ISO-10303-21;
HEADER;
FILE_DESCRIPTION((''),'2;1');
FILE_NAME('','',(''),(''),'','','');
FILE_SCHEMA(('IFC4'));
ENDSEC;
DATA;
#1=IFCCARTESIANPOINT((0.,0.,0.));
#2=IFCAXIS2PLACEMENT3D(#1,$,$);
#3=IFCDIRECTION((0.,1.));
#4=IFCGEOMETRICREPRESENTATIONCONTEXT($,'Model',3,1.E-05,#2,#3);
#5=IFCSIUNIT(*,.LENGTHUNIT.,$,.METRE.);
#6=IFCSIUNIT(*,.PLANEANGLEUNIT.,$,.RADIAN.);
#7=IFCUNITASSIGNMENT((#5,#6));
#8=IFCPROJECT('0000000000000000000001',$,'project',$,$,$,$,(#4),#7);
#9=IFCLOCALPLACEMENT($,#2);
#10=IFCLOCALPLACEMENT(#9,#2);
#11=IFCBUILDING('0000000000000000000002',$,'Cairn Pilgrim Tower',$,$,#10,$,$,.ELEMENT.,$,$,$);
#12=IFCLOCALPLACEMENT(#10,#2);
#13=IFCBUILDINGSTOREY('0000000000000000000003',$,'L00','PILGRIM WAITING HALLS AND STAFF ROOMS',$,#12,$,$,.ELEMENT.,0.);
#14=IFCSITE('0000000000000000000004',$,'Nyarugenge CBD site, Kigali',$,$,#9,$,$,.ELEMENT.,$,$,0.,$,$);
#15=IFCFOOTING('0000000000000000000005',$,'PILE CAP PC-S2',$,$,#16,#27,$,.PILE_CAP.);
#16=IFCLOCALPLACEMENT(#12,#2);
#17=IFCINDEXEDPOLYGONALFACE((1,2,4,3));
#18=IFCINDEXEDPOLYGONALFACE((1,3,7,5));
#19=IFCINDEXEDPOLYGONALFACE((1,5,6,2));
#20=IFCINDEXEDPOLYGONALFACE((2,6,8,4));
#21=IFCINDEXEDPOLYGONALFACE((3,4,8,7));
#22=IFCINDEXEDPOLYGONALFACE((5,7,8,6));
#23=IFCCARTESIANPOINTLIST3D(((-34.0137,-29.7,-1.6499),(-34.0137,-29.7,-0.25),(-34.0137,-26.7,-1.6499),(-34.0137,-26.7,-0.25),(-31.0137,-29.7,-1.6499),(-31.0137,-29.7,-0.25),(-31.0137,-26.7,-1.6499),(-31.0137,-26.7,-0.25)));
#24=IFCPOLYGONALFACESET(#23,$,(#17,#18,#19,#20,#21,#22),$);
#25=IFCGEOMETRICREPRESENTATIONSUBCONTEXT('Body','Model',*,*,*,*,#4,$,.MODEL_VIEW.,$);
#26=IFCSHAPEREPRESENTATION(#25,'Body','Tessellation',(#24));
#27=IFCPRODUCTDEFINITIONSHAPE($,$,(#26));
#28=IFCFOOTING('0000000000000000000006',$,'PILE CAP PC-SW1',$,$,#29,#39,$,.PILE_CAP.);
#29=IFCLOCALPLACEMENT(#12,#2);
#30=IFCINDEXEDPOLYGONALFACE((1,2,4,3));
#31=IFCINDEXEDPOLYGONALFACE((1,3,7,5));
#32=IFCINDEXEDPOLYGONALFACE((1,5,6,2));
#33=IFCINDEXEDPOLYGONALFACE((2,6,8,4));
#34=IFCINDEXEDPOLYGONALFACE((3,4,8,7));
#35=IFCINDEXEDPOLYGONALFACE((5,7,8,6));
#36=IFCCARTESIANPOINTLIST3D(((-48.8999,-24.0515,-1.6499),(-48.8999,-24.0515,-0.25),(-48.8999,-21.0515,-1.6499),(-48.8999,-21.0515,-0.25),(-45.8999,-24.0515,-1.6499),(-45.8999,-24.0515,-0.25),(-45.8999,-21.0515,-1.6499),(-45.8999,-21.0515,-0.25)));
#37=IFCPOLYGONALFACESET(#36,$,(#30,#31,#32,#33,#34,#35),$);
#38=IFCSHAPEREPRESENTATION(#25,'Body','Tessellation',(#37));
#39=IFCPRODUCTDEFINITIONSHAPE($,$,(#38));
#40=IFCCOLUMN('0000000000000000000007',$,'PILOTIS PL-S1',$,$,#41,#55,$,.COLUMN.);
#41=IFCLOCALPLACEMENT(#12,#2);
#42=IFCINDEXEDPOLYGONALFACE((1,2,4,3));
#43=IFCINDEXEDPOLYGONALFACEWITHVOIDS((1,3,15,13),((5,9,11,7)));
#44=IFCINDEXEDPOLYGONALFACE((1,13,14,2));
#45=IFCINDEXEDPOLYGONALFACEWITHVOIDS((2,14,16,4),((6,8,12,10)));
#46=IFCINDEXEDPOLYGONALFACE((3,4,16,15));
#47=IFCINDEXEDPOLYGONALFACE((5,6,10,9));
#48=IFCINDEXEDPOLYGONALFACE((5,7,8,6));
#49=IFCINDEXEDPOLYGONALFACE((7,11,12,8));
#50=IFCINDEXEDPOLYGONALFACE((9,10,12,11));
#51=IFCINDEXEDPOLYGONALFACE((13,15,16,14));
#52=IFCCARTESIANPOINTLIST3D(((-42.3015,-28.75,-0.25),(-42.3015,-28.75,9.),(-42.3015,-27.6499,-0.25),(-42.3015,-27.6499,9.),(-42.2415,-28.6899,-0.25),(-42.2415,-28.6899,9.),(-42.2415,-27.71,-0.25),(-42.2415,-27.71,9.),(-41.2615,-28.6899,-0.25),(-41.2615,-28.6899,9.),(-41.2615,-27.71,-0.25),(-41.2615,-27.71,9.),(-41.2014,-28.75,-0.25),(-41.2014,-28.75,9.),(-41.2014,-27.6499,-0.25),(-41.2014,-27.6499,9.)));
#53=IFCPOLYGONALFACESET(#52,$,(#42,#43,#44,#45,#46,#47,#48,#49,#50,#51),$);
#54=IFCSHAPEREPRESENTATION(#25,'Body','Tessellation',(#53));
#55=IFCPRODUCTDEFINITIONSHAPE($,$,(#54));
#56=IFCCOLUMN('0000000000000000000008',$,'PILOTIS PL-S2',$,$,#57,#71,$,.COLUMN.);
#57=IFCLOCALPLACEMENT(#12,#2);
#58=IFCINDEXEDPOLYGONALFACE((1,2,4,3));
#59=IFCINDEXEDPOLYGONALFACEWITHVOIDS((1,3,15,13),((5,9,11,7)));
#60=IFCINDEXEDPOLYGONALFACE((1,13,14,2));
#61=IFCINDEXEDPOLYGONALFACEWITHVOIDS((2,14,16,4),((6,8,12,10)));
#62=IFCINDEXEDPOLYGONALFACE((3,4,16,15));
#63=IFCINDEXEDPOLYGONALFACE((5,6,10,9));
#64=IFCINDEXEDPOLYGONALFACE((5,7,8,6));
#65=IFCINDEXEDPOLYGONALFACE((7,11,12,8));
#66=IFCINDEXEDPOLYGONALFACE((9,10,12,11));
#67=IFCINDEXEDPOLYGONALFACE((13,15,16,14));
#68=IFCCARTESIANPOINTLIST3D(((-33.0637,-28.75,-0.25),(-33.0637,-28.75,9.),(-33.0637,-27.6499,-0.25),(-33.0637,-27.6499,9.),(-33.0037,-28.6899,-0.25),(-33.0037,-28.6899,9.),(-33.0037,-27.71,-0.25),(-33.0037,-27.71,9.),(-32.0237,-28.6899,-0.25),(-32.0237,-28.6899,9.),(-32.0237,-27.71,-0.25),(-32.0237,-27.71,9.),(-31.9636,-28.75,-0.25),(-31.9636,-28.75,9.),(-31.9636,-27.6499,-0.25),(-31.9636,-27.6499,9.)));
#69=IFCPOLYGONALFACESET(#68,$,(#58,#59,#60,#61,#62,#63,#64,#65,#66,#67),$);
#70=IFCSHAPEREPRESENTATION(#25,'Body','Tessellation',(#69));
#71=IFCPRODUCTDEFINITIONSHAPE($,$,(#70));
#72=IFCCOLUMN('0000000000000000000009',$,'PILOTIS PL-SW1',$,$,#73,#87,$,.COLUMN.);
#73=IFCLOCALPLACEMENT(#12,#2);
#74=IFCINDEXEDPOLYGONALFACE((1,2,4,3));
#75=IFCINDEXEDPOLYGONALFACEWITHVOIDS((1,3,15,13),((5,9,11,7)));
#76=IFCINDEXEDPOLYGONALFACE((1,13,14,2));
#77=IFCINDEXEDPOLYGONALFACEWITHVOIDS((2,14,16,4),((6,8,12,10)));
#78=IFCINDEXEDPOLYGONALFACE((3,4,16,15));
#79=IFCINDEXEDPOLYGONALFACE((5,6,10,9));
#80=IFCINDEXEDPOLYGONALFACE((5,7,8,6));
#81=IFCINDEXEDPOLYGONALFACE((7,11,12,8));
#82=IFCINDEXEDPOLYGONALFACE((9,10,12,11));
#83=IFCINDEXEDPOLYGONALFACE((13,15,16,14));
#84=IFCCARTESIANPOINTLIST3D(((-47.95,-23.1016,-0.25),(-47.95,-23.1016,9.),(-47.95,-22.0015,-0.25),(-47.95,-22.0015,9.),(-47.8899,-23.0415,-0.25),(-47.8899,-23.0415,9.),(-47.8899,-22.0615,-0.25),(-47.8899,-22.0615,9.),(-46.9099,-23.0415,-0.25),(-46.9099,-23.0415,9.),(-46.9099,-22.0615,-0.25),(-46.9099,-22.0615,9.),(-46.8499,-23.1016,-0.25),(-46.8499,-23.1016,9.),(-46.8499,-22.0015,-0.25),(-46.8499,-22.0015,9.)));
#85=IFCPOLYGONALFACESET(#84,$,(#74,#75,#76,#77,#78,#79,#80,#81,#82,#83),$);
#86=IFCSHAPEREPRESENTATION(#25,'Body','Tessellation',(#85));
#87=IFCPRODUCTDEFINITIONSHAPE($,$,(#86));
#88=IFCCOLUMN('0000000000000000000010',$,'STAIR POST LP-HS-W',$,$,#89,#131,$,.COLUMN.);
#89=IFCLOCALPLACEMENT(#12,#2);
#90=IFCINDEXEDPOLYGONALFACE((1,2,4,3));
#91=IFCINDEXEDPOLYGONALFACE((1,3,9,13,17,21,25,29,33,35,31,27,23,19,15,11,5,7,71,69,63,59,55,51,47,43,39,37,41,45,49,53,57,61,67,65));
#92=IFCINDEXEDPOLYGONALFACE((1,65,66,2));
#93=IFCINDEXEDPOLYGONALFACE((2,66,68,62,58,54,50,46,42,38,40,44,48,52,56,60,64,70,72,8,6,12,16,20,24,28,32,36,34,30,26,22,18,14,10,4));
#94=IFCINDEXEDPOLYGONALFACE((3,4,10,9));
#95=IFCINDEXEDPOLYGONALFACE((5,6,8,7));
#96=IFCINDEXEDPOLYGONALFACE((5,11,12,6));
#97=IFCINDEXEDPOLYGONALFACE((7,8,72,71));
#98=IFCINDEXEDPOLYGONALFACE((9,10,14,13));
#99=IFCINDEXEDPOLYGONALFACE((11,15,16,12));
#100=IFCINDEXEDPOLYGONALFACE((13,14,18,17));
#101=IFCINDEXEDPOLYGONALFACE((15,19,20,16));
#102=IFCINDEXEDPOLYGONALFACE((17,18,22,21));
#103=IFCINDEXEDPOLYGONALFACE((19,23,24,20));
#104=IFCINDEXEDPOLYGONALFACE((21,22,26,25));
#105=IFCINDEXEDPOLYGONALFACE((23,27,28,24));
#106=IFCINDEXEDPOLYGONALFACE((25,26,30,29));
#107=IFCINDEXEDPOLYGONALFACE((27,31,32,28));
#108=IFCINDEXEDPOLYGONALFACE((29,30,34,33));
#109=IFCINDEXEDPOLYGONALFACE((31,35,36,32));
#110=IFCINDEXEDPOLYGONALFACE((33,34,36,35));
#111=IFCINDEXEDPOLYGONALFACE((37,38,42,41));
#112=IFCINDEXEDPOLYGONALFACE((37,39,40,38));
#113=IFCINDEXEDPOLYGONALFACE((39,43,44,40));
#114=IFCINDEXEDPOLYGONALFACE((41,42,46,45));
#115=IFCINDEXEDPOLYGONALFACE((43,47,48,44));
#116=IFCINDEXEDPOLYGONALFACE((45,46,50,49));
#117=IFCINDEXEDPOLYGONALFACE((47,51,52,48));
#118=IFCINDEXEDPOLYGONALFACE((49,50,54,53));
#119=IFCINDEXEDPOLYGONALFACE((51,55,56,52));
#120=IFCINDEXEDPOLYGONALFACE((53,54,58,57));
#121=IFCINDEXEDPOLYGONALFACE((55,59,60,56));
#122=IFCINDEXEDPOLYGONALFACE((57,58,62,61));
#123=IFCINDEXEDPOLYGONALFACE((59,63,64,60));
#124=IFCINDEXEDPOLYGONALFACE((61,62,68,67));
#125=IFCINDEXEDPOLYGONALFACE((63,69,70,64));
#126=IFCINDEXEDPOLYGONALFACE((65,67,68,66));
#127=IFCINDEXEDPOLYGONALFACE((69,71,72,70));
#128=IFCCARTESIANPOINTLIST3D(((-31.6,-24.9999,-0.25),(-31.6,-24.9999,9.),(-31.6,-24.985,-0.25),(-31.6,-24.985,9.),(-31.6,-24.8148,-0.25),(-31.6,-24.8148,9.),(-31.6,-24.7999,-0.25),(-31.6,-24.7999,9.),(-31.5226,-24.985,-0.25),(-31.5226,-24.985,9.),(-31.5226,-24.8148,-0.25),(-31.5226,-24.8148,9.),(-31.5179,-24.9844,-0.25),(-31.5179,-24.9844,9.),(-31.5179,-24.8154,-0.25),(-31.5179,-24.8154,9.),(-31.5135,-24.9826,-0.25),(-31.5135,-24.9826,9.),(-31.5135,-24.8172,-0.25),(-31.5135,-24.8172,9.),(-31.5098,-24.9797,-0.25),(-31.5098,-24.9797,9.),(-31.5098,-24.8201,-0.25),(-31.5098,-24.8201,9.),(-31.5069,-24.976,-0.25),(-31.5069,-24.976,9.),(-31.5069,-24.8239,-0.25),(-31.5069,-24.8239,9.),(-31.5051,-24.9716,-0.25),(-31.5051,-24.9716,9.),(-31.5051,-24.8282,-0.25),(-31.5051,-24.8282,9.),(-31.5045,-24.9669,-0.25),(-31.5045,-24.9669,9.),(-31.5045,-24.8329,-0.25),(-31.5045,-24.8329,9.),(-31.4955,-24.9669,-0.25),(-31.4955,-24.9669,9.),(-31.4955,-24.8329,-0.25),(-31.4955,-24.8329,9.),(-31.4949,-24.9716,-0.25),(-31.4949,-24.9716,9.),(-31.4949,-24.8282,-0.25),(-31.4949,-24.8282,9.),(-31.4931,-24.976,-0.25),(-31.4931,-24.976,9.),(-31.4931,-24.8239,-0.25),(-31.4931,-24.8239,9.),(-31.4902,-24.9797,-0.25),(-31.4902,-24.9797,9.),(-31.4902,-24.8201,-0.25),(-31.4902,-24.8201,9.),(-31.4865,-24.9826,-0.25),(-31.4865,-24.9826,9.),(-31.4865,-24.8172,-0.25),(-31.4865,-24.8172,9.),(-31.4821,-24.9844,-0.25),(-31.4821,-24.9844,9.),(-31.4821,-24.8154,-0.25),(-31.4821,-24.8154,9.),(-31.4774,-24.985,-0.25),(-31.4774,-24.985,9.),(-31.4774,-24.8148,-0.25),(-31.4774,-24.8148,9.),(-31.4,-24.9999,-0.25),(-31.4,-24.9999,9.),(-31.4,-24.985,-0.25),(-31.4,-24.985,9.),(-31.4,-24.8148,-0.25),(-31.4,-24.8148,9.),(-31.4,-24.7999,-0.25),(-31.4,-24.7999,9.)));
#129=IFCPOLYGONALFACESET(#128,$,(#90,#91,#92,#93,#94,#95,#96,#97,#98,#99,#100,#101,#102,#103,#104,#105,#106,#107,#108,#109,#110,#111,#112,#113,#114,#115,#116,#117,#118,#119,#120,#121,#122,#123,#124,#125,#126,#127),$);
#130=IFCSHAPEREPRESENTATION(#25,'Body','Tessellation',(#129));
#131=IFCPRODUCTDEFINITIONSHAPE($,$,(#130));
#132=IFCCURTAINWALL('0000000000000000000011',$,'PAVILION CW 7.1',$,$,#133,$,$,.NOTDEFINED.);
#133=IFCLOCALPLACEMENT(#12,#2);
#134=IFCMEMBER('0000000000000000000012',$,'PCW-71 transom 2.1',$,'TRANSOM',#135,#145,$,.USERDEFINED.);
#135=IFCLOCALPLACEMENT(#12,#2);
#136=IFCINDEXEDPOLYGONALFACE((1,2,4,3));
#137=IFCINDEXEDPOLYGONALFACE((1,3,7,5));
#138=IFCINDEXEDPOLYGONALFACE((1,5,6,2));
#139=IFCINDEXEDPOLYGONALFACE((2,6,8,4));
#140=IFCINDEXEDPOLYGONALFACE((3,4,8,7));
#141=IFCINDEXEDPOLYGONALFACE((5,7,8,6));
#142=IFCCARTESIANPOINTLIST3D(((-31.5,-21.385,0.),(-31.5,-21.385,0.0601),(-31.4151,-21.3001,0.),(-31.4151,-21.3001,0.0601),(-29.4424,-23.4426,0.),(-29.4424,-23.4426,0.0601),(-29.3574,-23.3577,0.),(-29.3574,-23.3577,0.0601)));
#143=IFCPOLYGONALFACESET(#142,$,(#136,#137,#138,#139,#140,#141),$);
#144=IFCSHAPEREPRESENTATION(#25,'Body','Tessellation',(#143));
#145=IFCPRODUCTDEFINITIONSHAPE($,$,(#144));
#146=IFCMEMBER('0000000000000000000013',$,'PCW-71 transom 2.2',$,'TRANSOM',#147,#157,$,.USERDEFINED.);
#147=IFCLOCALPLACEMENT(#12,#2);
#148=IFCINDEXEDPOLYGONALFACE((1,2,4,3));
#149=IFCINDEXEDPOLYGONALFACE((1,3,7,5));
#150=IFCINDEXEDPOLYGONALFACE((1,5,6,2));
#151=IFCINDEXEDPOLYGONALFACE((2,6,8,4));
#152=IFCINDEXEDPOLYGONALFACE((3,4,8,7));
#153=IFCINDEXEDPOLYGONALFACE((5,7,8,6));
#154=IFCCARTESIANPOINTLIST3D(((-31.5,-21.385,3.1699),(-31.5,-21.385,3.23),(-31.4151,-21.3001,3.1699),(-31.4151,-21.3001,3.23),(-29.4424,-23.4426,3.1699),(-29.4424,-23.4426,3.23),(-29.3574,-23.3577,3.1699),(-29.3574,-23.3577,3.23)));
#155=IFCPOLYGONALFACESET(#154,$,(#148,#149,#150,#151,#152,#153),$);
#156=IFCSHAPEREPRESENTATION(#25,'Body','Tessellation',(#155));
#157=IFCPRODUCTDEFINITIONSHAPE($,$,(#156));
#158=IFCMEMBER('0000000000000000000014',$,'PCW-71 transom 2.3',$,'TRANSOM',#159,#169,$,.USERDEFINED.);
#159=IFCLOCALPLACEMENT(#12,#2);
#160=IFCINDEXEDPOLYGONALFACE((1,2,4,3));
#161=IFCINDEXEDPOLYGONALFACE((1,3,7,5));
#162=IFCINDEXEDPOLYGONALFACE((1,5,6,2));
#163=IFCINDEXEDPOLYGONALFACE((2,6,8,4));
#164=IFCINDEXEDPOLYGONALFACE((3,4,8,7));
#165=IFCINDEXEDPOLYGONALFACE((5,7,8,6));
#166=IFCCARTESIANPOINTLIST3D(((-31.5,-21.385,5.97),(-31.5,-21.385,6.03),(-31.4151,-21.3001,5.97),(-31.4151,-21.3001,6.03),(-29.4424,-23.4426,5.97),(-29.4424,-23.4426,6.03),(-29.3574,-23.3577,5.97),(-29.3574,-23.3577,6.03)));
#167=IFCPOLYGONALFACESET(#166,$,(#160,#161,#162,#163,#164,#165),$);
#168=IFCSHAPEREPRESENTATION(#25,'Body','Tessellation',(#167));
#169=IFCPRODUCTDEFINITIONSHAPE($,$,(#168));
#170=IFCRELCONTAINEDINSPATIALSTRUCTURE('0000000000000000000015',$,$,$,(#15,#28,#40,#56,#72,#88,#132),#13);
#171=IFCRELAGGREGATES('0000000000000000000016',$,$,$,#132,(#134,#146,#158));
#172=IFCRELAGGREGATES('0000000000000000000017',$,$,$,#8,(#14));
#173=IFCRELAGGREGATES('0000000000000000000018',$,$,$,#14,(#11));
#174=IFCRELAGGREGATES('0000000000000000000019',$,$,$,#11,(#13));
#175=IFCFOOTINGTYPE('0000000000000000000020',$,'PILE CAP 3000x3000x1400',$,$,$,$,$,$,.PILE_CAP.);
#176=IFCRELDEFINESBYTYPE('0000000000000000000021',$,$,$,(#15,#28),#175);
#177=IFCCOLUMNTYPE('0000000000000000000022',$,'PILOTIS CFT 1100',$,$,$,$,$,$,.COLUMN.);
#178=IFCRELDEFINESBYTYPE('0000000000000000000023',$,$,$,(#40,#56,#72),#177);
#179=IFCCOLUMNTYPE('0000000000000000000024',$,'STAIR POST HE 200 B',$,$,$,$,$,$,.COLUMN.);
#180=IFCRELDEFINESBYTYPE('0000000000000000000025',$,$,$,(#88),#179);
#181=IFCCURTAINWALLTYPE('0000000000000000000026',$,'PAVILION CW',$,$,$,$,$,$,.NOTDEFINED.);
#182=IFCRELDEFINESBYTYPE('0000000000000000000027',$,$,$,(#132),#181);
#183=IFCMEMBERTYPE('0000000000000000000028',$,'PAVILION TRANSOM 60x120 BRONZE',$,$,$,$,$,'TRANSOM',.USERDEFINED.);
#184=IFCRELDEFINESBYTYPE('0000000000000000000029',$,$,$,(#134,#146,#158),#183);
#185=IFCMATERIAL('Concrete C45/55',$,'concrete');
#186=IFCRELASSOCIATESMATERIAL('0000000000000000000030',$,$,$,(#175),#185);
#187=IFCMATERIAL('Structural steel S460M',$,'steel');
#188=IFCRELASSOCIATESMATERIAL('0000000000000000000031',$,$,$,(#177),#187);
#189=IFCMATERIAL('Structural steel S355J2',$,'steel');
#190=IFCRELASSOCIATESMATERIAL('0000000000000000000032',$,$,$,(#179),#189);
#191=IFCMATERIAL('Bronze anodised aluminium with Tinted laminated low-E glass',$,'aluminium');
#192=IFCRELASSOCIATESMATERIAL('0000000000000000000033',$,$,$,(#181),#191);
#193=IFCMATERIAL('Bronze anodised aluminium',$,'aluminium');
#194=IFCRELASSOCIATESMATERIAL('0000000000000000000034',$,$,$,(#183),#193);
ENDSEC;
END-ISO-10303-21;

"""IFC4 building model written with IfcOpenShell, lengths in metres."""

from ifc_helpers import new_model, si_unit, direction, frame, origin, origin_2d, place, context, subcontext, project, spatial, rectangle, hollow_rectangle, i_section, extrude, material, material_profile, profile_set, type_object, element, aggregate, save


model = new_model("IFC4")

# Units and contexts
model_context = context("Model", 3, precision=1e-05, world=origin(), true_north=direction((0.0, 1.0)))
body_context = subcontext(model_context, "Body", "Model", "MODEL_VIEW")
ifc_project = project(units=[si_unit("LENGTHUNIT", "METRE"), si_unit("PLANEANGLEUNIT", "RADIAN")], contexts=[model_context])

# Site, building, storey
site_placement = place(None, origin())
site = spatial("IfcSite", under=ifc_project, at=site_placement, Name="Nyarugenge CBD site, Kigali", CompositionType="ELEMENT", RefElevation=0.0)
building_placement = place(site_placement, origin())
building = spatial("IfcBuilding", under=site, at=building_placement, Name="Cairn Pilgrim Tower", CompositionType="ELEMENT")
storey_placement = place(building_placement, origin())
storey = spatial("IfcBuildingStorey", under=building, at=storey_placement, Name="L00", Description="PILGRIM WAITING HALLS AND STAFF ROOMS", CompositionType="ELEMENT", Elevation=0.0)

# Footings
ifc_material_1 = material(Name="Concrete C45/55", Category="concrete")
footing_type_1 = type_object("IfcFootingType", Name="PILE CAP 3000x3000x1400", PredefinedType="PILE_CAP", material=ifc_material_1)
for number, where, z_axis, x_axis, name in (
    (1, (-32.5137, -28.2, -1.6499), (0.0, 0.0, 1.0), (1.0, 0.0, 0.0), "PILE CAP PC-S2"),
    (2, (-47.3999, -22.5515, -1.6499), (0.0, 0.0, 1.0), (1.0, 0.0, 0.0), "PILE CAP PC-SW1"),
):
    element("IfcFooting", number, at=place(storey_placement, frame(where, z_axis=z_axis, x_axis=x_axis)), inside=storey, type_object=footing_type_1, Name=name, PredefinedType="PILE_CAP", context=body_context, shape_type="SweptSolid", body=[
        extrude(rectangle(XDim=3.0, YDim=3.0, at=origin_2d()), origin(), (0.0, 0.0, 1.0), 1.3999),
    ])

# Columns
ifc_material_2 = material(Name="Structural steel S460M", Category="steel")
ifc_material_profile_1 = material_profile(ifc_material_2, hollow_rectangle(XDim=1.1001, YDim=1.1001, WallThickness=0.0601, at=origin_2d()), Name="BOX 1100x1100x60")
ifc_profile_set_1 = profile_set([ifc_material_profile_1], Name="Structural steel S460M")
column_type_1 = type_object("IfcColumnType", Name="PILOTIS CFT 1100", PredefinedType="COLUMN", material=ifc_profile_set_1)
for number, where, z_axis, x_axis, name in (
    (3, (-41.7515, -28.2, -0.25), (0.0, 0.0, 1.0), (1.0, 0.0, 0.0), "PILOTIS PL-S1"),
    (4, (-32.5137, -28.2, -0.25), (0.0, 0.0, 1.0), (1.0, 0.0, 0.0), "PILOTIS PL-S2"),
    (5, (-47.3999, -22.5515, -0.25), (0.0, 0.0, 1.0), (1.0, 0.0, 0.0), "PILOTIS PL-SW1"),
):
    element("IfcColumn", number, at=place(storey_placement, frame(where, z_axis=z_axis, x_axis=x_axis)), inside=storey, type_object=column_type_1, Name=name, PredefinedType="COLUMN", context=body_context, shape_type="SweptSolid", body=[
        extrude(hollow_rectangle(XDim=1.1001, YDim=1.1001, WallThickness=0.0601, at=origin_2d()), origin(), (0.0, 0.0, 1.0), 9.25),
    ])
ifc_material_3 = material(Name="Structural steel S355J2", Category="steel")
ifc_material_profile_2 = material_profile(ifc_material_3, i_section(OverallWidth=0.2, OverallDepth=0.2, WebThickness=0.009, FlangeThickness=0.0149, FilletRadius=0.0181, at=origin_2d()), Name="HE 200 B")
ifc_profile_set_2 = profile_set([ifc_material_profile_2], Name="Structural steel S355J2")
column_type_2 = type_object("IfcColumnType", Name="STAIR POST HE 200 B", PredefinedType="COLUMN", material=ifc_profile_set_2)
column_placement = place(storey_placement, frame((-31.5, -24.8999, -0.25), z_axis=(0.0, 0.0, 1.0), x_axis=(1.0, 0.0, 0.0)))
element("IfcColumn", 6, at=column_placement, inside=storey, type_object=column_type_2, Name="STAIR POST LP-HS-W", PredefinedType="COLUMN", context=body_context, shape_type="SweptSolid", body=[
    extrude(i_section(OverallWidth=0.2, OverallDepth=0.2, WebThickness=0.009, FlangeThickness=0.0149, FilletRadius=0.0181, at=origin_2d()), origin(), (0.0, 0.0, 1.0), 9.25),
])

# Curtain wall, members
ifc_material_4 = material(Name="Bronze anodised aluminium with Tinted laminated low-E glass", Category="aluminium")
curtain_wall_type = type_object("IfcCurtainWallType", Name="PAVILION CW", PredefinedType="NOTDEFINED", material=ifc_material_4)
curtain_wall_placement = place(storey_placement, origin())
curtain_wall = element("IfcCurtainWall", 7, at=curtain_wall_placement, inside=storey, type_object=curtain_wall_type, Name="PAVILION CW 7.1", PredefinedType="NOTDEFINED")
ifc_material_5 = material(Name="Bronze anodised aluminium", Category="aluminium")
ifc_material_profile_3 = material_profile(ifc_material_5, rectangle(XDim=0.1201, YDim=0.0601, at=origin_2d()), Name="PAVILION TRANSOM 60x120 BRONZE")
ifc_profile_set_3 = profile_set([ifc_material_profile_3], Name="Bronze anodised aluminium")
member_type = type_object("IfcMemberType", Name="PAVILION TRANSOM 60x120 BRONZE", ElementType="TRANSOM", PredefinedType="USERDEFINED", material=ifc_profile_set_3)
member_1_placement = place(storey_placement, frame((-31.4575, -21.3425, 0.03), z_axis=(0.707107, -0.707107, 0.0), x_axis=(0.707107, 0.707107, 0.0)))
member_1 = element("IfcMember", 8, at=member_1_placement, type_object=member_type, Name="PCW-71 transom 2.1", ObjectType="TRANSOM", PredefinedType="USERDEFINED", context=body_context, shape_type="SweptSolid", body=[
    extrude(rectangle(XDim=0.1201, YDim=0.0601, at=origin_2d()), origin(), (0.0, 0.0, 1.0), 2.9099),
])
member_2_placement = place(storey_placement, frame((-31.4575, -21.3425, 3.2), z_axis=(0.707107, -0.707107, 0.0), x_axis=(0.707107, 0.707107, 0.0)))
member_2 = element("IfcMember", 9, at=member_2_placement, type_object=member_type, Name="PCW-71 transom 2.2", ObjectType="TRANSOM", PredefinedType="USERDEFINED", context=body_context, shape_type="SweptSolid", body=[
    extrude(rectangle(XDim=0.1201, YDim=0.0601, at=origin_2d()), origin(), (0.0, 0.0, 1.0), 2.9099),
])
member_3_placement = place(storey_placement, frame((-31.4575, -21.3425, 6.0), z_axis=(0.707107, -0.707107, 0.0), x_axis=(0.707107, 0.707107, 0.0)))
member_3 = element("IfcMember", 10, at=member_3_placement, type_object=member_type, Name="PCW-71 transom 2.3", ObjectType="TRANSOM", PredefinedType="USERDEFINED", context=body_context, shape_type="SweptSolid", body=[
    extrude(rectangle(XDim=0.1201, YDim=0.0601, at=origin_2d()), origin(), (0.0, 0.0, 1.0), 2.9099),
])

aggregate(curtain_wall, [member_1, member_2, member_3])

save(model, "model.ifc")
